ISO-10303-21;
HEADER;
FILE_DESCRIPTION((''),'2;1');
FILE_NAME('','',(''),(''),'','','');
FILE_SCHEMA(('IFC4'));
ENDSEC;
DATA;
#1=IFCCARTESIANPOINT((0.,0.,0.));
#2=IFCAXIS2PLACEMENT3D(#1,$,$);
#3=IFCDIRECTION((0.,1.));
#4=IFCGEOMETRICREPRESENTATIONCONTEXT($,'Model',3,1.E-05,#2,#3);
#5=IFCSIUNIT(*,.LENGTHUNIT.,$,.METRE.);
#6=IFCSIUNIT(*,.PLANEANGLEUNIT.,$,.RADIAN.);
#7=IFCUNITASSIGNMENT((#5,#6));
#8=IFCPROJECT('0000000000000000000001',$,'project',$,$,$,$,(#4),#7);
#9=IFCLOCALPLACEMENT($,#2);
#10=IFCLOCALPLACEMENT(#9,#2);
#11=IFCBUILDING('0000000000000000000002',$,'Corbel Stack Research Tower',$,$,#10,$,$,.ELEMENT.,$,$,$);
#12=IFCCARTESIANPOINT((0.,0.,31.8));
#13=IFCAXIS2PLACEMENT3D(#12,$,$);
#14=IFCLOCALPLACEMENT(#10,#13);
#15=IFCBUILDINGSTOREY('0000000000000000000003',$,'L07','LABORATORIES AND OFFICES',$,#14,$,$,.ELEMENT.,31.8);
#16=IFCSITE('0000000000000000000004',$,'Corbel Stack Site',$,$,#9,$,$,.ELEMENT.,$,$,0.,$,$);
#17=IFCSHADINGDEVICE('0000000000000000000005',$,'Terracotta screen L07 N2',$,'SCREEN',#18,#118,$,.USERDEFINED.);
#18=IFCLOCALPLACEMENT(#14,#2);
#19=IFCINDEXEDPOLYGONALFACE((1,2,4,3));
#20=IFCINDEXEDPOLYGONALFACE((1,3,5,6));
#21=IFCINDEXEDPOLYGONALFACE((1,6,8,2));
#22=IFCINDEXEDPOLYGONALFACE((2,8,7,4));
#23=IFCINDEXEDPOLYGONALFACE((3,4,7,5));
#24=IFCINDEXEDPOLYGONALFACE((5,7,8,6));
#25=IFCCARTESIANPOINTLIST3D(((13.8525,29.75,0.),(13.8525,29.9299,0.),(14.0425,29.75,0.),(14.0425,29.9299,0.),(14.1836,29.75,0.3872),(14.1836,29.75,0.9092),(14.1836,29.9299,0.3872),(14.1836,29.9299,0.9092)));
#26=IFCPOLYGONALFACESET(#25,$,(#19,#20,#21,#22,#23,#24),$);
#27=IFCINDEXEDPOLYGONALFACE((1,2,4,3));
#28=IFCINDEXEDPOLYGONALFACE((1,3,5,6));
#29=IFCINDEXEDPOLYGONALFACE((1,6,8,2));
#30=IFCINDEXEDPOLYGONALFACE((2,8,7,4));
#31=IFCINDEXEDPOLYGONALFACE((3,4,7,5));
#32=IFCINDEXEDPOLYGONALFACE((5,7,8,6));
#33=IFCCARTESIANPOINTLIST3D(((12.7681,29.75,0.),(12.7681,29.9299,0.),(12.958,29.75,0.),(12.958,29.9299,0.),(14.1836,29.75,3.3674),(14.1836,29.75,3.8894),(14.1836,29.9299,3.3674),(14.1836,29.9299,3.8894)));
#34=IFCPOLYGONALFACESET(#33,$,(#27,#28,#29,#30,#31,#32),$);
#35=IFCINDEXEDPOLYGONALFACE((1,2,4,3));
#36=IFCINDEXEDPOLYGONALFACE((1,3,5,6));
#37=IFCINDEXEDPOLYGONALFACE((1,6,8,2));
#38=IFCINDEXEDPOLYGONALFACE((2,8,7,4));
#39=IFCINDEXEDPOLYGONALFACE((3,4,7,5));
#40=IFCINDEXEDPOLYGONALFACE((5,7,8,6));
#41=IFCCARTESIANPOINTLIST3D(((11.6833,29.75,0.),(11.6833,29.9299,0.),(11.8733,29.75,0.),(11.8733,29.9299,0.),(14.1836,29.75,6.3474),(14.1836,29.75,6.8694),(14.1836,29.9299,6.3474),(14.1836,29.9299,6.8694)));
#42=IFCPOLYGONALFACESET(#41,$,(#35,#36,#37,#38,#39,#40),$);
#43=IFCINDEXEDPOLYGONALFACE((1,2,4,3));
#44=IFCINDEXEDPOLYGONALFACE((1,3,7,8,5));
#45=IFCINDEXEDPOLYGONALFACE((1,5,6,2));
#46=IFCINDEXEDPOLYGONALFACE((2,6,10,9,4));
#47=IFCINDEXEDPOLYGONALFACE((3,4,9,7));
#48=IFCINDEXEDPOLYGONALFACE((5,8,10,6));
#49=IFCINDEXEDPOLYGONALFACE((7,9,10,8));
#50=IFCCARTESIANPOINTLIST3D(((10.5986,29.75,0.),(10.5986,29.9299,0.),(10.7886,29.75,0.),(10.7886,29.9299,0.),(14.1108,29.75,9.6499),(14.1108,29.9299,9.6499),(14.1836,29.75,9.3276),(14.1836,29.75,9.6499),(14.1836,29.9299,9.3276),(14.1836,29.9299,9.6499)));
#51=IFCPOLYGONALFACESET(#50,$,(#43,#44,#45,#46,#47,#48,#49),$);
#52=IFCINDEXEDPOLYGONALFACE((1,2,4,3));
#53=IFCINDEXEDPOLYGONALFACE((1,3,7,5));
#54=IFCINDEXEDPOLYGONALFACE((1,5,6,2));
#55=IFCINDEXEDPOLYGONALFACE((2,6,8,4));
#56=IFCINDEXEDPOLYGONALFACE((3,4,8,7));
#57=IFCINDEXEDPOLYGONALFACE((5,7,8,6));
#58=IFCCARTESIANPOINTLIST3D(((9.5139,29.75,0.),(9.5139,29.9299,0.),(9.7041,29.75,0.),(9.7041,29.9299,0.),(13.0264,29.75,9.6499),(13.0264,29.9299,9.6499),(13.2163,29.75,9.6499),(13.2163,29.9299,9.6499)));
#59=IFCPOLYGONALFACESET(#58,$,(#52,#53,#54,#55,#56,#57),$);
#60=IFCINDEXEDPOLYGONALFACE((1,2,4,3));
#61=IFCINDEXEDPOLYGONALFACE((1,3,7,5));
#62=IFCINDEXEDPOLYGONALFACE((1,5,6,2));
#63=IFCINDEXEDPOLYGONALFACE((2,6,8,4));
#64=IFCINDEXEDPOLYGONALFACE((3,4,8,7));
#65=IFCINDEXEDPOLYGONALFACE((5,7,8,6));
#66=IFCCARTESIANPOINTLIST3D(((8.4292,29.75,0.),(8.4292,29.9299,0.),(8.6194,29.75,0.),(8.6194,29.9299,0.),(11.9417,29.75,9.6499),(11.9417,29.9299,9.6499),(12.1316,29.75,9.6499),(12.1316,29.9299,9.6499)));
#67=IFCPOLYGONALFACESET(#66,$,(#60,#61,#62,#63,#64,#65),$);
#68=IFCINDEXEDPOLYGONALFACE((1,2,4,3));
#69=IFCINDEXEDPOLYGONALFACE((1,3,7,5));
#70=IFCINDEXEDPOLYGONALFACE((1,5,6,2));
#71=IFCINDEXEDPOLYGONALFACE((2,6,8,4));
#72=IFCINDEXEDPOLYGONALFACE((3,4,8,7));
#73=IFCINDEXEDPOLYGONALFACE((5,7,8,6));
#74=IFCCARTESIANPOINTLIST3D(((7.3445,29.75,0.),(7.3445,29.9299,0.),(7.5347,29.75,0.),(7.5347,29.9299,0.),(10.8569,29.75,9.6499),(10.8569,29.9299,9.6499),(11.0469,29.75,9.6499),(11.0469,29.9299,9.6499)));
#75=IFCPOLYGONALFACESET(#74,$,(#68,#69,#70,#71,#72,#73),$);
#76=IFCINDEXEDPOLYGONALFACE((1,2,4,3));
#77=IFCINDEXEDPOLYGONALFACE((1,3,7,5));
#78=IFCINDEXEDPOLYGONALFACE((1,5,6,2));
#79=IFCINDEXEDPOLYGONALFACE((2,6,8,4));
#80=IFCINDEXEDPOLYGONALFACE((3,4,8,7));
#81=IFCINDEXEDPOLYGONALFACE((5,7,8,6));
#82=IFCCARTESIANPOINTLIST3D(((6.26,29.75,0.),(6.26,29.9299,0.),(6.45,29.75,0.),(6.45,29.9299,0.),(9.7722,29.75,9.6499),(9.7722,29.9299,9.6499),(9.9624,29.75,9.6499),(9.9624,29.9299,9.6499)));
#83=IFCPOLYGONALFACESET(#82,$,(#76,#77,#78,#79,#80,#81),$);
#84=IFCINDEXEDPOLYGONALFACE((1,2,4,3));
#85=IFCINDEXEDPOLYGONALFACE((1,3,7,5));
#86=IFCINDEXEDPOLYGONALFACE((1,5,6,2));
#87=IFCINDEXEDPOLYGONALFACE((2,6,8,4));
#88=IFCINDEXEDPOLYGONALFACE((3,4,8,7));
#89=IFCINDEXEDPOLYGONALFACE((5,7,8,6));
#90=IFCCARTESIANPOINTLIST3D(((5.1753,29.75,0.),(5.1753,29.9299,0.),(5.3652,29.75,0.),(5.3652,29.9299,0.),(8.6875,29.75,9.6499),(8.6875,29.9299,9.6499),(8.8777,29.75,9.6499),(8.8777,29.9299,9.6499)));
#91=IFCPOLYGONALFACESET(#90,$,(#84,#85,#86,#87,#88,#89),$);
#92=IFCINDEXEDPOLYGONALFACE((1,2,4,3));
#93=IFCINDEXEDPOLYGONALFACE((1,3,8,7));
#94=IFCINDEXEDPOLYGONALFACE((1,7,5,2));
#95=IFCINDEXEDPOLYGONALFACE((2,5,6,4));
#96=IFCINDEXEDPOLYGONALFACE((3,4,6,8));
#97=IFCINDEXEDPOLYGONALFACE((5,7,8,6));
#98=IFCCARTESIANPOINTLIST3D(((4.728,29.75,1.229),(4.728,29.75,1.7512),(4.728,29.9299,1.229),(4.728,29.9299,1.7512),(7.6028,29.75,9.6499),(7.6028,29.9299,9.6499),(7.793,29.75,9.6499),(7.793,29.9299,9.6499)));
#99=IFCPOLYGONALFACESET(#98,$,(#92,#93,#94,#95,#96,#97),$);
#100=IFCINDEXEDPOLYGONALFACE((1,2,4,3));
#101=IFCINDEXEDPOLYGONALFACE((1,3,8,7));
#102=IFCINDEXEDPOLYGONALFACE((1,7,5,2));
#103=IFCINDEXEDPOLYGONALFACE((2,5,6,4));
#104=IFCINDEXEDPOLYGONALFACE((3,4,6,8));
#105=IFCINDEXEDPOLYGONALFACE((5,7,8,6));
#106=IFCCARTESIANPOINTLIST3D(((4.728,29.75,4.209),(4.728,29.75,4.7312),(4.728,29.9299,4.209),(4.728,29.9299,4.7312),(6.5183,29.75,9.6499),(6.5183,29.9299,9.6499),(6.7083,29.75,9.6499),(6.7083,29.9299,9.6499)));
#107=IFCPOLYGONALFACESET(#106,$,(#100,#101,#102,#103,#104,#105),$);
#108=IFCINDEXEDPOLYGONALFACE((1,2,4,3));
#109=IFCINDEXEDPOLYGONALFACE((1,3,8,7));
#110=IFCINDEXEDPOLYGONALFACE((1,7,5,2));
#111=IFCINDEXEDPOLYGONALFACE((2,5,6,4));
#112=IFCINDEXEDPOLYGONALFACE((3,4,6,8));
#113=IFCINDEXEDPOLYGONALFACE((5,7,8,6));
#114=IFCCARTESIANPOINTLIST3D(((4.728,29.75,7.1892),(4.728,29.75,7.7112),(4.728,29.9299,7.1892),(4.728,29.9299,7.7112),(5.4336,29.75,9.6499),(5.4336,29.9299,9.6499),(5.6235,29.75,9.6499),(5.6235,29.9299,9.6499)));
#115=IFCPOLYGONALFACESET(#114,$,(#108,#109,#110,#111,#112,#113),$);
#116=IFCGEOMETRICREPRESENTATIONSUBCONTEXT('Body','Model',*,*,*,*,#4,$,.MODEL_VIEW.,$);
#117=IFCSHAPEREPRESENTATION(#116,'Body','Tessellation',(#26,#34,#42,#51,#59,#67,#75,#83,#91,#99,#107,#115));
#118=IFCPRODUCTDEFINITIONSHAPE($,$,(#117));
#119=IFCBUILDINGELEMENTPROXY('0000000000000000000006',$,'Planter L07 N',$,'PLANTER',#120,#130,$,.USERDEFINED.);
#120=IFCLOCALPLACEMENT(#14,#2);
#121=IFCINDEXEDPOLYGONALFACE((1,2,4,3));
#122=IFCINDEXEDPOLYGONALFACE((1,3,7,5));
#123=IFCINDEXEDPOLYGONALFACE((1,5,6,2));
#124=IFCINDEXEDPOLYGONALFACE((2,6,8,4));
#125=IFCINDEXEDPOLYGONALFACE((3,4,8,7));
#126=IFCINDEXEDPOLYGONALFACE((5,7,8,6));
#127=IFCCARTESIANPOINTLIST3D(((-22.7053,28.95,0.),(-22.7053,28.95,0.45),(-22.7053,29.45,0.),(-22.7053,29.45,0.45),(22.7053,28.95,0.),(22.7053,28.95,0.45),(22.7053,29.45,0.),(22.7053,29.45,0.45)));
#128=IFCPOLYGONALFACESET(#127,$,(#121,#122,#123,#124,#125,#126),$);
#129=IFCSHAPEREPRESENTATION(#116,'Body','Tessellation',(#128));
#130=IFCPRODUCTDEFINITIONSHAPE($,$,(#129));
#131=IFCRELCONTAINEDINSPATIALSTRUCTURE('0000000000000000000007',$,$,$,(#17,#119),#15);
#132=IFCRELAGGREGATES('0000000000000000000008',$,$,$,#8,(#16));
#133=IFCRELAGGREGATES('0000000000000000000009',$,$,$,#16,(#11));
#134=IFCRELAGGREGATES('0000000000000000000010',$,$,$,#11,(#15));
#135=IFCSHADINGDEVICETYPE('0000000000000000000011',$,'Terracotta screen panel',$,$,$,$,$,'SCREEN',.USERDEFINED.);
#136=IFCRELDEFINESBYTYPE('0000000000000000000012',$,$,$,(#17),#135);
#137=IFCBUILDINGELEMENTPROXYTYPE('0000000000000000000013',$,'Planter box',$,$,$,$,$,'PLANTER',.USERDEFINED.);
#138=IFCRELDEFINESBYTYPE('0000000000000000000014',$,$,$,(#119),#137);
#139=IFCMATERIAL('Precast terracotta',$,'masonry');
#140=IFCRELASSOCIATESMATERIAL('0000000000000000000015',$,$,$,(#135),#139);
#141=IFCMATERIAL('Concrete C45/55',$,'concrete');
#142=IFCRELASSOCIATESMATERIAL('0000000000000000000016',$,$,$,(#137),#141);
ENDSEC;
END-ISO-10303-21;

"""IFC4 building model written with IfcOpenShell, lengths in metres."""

from ifc_helpers import new_model, si_unit, direction, frame, origin, origin_2d, place, context, subcontext, project, spatial, polyline, rectangle, outline, extrude, source, transform, mapped, material, type_object, element, save


model = new_model("IFC4")

# Units and contexts
model_context = context("Model", 3, precision=1e-05, world=origin(), true_north=direction((0.0, 1.0)))
body_context = subcontext(model_context, "Body", "Model", "MODEL_VIEW")
ifc_project = project(units=[si_unit("LENGTHUNIT", "METRE"), si_unit("PLANEANGLEUNIT", "RADIAN")], contexts=[model_context])

# Site, building, storey
site_placement = place(None, origin())
site = spatial("IfcSite", under=ifc_project, at=site_placement, Name="Corbel Stack Site", CompositionType="ELEMENT", RefElevation=0.0)
building_placement = place(site_placement, origin())
building = spatial("IfcBuilding", under=site, at=building_placement, Name="Corbel Stack Research Tower", CompositionType="ELEMENT")
storey_placement = place(building_placement, frame((0.0, 0.0, 31.8)))
storey = spatial("IfcBuildingStorey", under=building, at=storey_placement, Name="L07", Description="LABORATORIES AND OFFICES", CompositionType="ELEMENT", Elevation=31.8)

# Shading device
ifc_material_1 = material(Name="Precast terracotta", Category="masonry")
shading_device_type = type_object("IfcShadingDeviceType", Name="Terracotta screen panel", ElementType="SCREEN", PredefinedType="USERDEFINED", material=ifc_material_1)
shared_shape_1 = source(origin(), body_context, "Body", "SweptSolid", [
    extrude(outline(polyline([(0.3311, 0.0), (0.0, 0.9092), (0.0, 0.3872), (0.1411, 0.0), (0.3311, 0.0)])), frame((0.0, 0.0, 0.0), z_axis=(0.0, -1.0, 0.0), x_axis=(1.0, 0.0, 0.0)), (0.0, 0.0, 1.0), 0.1799),
    extrude(outline(polyline([(1.4155, 0.0), (0.0, 3.8894), (0.0, 3.3674), (1.2256, 0.0), (1.4155, 0.0)])), frame((0.0, 0.0, 0.0), z_axis=(0.0, -1.0, 0.0), x_axis=(1.0, 0.0, 0.0)), (0.0, 0.0, 1.0), 0.1799),
    extrude(outline(polyline([(2.5002, 0.0), (0.0, 6.8694), (0.0, 6.3474), (2.3103, 0.0), (2.5002, 0.0)])), frame((0.0, 0.0, 0.0), z_axis=(0.0, -1.0, 0.0), x_axis=(1.0, 0.0, 0.0)), (0.0, 0.0, 1.0), 0.1799),
    extrude(outline(polyline([(3.585, 0.0), (0.0728, 9.6499), (0.0, 9.6499), (0.0, 9.3276), (3.395, 0.0), (3.585, 0.0)])), frame((0.0, 0.0, 0.0), z_axis=(0.0, -1.0, 0.0), x_axis=(1.0, 0.0, 0.0)), (0.0, 0.0, 1.0), 0.1799),
    extrude(outline(polyline([(4.6697, 0.0), (1.1572, 9.6499), (0.9673, 9.6499), (4.4795, 0.0), (4.6697, 0.0)])), frame((0.0, 0.0, 0.0), z_axis=(0.0, -1.0, 0.0), x_axis=(1.0, 0.0, 0.0)), (0.0, 0.0, 1.0), 0.1799),
    extrude(outline(polyline([(5.7544, 0.0), (2.2419, 9.6499), (2.052, 9.6499), (5.5642, 0.0), (5.7544, 0.0)])), frame((0.0, 0.0, 0.0), z_axis=(0.0, -1.0, 0.0), x_axis=(1.0, 0.0, 0.0)), (0.0, 0.0, 1.0), 0.1799),
    extrude(outline(polyline([(6.8391, 0.0), (3.3267, 9.6499), (3.1367, 9.6499), (6.6489, 0.0), (6.8391, 0.0)])), frame((0.0, 0.0, 0.0), z_axis=(0.0, -1.0, 0.0), x_axis=(1.0, 0.0, 0.0)), (0.0, 0.0, 1.0), 0.1799),
    extrude(outline(polyline([(7.9236, 0.0), (4.4114, 9.6499), (4.2212, 9.6499), (7.7336, 0.0), (7.9236, 0.0)])), frame((0.0, 0.0, 0.0), z_axis=(0.0, -1.0, 0.0), x_axis=(1.0, 0.0, 0.0)), (0.0, 0.0, 1.0), 0.1799),
    extrude(outline(polyline([(9.0083, 0.0), (5.4961, 9.6499), (5.3059, 9.6499), (8.8184, 0.0), (9.0083, 0.0)])), frame((0.0, 0.0, 0.0), z_axis=(0.0, -1.0, 0.0), x_axis=(1.0, 0.0, 0.0)), (0.0, 0.0, 1.0), 0.1799),
    extrude(outline(polyline([(6.5808, 9.6499), (6.3906, 9.6499), (9.4556, 1.229), (9.4556, 1.7512), (6.5808, 9.6499)])), frame((0.0, 0.0, 0.0), z_axis=(0.0, -1.0, 0.0), x_axis=(1.0, 0.0, 0.0)), (0.0, 0.0, 1.0), 0.1799),
    extrude(outline(polyline([(7.6653, 9.6499), (7.4753, 9.6499), (9.4556, 4.209), (9.4556, 4.7312), (7.6653, 9.6499)])), frame((0.0, 0.0, 0.0), z_axis=(0.0, -1.0, 0.0), x_axis=(1.0, 0.0, 0.0)), (0.0, 0.0, 1.0), 0.1799),
    extrude(outline(polyline([(8.75, 9.6499), (8.5601, 9.6499), (9.4556, 7.1892), (9.4556, 7.7112), (8.75, 9.6499)])), frame((0.0, 0.0, 0.0), z_axis=(0.0, -1.0, 0.0), x_axis=(1.0, 0.0, 0.0)), (0.0, 0.0, 1.0), 0.1799),
])
shading_device_1_placement = place(storey_placement, frame((14.1836, 29.75, 0.0), z_axis=(0.0, 0.0, 1.0), x_axis=(-1.0, 0.0, 0.0)))
element("IfcShadingDevice", 1, at=shading_device_1_placement, inside=storey, type_object=shading_device_type, Name="Terracotta screen L07 N2", ObjectType="SCREEN", PredefinedType="USERDEFINED", context=body_context, shape_type="MappedRepresentation", body=[
    mapped(shared_shape_1, transform((0.0, 0.0, 0.0))),
])

# Building element proxy
ifc_material_2 = material(Name="Concrete C45/55", Category="concrete")
building_element_proxy_type = type_object("IfcBuildingElementProxyType", Name="Planter box", ElementType="PLANTER", PredefinedType="USERDEFINED", material=ifc_material_2)
proxy_placement = place(storey_placement, frame((0.0, 29.2, 0.0), z_axis=(0.0, 0.0, 1.0), x_axis=(-1.0, 0.0, 0.0)))
element("IfcBuildingElementProxy", 2, at=proxy_placement, inside=storey, type_object=building_element_proxy_type, Name="Planter L07 N", ObjectType="PLANTER", PredefinedType="USERDEFINED", context=body_context, shape_type="SweptSolid", body=[
    extrude(rectangle(XDim=45.4106, YDim=0.5, at=origin_2d()), origin(), (0.0, 0.0, 1.0), 0.45),
])

save(model, "model.ifc")
